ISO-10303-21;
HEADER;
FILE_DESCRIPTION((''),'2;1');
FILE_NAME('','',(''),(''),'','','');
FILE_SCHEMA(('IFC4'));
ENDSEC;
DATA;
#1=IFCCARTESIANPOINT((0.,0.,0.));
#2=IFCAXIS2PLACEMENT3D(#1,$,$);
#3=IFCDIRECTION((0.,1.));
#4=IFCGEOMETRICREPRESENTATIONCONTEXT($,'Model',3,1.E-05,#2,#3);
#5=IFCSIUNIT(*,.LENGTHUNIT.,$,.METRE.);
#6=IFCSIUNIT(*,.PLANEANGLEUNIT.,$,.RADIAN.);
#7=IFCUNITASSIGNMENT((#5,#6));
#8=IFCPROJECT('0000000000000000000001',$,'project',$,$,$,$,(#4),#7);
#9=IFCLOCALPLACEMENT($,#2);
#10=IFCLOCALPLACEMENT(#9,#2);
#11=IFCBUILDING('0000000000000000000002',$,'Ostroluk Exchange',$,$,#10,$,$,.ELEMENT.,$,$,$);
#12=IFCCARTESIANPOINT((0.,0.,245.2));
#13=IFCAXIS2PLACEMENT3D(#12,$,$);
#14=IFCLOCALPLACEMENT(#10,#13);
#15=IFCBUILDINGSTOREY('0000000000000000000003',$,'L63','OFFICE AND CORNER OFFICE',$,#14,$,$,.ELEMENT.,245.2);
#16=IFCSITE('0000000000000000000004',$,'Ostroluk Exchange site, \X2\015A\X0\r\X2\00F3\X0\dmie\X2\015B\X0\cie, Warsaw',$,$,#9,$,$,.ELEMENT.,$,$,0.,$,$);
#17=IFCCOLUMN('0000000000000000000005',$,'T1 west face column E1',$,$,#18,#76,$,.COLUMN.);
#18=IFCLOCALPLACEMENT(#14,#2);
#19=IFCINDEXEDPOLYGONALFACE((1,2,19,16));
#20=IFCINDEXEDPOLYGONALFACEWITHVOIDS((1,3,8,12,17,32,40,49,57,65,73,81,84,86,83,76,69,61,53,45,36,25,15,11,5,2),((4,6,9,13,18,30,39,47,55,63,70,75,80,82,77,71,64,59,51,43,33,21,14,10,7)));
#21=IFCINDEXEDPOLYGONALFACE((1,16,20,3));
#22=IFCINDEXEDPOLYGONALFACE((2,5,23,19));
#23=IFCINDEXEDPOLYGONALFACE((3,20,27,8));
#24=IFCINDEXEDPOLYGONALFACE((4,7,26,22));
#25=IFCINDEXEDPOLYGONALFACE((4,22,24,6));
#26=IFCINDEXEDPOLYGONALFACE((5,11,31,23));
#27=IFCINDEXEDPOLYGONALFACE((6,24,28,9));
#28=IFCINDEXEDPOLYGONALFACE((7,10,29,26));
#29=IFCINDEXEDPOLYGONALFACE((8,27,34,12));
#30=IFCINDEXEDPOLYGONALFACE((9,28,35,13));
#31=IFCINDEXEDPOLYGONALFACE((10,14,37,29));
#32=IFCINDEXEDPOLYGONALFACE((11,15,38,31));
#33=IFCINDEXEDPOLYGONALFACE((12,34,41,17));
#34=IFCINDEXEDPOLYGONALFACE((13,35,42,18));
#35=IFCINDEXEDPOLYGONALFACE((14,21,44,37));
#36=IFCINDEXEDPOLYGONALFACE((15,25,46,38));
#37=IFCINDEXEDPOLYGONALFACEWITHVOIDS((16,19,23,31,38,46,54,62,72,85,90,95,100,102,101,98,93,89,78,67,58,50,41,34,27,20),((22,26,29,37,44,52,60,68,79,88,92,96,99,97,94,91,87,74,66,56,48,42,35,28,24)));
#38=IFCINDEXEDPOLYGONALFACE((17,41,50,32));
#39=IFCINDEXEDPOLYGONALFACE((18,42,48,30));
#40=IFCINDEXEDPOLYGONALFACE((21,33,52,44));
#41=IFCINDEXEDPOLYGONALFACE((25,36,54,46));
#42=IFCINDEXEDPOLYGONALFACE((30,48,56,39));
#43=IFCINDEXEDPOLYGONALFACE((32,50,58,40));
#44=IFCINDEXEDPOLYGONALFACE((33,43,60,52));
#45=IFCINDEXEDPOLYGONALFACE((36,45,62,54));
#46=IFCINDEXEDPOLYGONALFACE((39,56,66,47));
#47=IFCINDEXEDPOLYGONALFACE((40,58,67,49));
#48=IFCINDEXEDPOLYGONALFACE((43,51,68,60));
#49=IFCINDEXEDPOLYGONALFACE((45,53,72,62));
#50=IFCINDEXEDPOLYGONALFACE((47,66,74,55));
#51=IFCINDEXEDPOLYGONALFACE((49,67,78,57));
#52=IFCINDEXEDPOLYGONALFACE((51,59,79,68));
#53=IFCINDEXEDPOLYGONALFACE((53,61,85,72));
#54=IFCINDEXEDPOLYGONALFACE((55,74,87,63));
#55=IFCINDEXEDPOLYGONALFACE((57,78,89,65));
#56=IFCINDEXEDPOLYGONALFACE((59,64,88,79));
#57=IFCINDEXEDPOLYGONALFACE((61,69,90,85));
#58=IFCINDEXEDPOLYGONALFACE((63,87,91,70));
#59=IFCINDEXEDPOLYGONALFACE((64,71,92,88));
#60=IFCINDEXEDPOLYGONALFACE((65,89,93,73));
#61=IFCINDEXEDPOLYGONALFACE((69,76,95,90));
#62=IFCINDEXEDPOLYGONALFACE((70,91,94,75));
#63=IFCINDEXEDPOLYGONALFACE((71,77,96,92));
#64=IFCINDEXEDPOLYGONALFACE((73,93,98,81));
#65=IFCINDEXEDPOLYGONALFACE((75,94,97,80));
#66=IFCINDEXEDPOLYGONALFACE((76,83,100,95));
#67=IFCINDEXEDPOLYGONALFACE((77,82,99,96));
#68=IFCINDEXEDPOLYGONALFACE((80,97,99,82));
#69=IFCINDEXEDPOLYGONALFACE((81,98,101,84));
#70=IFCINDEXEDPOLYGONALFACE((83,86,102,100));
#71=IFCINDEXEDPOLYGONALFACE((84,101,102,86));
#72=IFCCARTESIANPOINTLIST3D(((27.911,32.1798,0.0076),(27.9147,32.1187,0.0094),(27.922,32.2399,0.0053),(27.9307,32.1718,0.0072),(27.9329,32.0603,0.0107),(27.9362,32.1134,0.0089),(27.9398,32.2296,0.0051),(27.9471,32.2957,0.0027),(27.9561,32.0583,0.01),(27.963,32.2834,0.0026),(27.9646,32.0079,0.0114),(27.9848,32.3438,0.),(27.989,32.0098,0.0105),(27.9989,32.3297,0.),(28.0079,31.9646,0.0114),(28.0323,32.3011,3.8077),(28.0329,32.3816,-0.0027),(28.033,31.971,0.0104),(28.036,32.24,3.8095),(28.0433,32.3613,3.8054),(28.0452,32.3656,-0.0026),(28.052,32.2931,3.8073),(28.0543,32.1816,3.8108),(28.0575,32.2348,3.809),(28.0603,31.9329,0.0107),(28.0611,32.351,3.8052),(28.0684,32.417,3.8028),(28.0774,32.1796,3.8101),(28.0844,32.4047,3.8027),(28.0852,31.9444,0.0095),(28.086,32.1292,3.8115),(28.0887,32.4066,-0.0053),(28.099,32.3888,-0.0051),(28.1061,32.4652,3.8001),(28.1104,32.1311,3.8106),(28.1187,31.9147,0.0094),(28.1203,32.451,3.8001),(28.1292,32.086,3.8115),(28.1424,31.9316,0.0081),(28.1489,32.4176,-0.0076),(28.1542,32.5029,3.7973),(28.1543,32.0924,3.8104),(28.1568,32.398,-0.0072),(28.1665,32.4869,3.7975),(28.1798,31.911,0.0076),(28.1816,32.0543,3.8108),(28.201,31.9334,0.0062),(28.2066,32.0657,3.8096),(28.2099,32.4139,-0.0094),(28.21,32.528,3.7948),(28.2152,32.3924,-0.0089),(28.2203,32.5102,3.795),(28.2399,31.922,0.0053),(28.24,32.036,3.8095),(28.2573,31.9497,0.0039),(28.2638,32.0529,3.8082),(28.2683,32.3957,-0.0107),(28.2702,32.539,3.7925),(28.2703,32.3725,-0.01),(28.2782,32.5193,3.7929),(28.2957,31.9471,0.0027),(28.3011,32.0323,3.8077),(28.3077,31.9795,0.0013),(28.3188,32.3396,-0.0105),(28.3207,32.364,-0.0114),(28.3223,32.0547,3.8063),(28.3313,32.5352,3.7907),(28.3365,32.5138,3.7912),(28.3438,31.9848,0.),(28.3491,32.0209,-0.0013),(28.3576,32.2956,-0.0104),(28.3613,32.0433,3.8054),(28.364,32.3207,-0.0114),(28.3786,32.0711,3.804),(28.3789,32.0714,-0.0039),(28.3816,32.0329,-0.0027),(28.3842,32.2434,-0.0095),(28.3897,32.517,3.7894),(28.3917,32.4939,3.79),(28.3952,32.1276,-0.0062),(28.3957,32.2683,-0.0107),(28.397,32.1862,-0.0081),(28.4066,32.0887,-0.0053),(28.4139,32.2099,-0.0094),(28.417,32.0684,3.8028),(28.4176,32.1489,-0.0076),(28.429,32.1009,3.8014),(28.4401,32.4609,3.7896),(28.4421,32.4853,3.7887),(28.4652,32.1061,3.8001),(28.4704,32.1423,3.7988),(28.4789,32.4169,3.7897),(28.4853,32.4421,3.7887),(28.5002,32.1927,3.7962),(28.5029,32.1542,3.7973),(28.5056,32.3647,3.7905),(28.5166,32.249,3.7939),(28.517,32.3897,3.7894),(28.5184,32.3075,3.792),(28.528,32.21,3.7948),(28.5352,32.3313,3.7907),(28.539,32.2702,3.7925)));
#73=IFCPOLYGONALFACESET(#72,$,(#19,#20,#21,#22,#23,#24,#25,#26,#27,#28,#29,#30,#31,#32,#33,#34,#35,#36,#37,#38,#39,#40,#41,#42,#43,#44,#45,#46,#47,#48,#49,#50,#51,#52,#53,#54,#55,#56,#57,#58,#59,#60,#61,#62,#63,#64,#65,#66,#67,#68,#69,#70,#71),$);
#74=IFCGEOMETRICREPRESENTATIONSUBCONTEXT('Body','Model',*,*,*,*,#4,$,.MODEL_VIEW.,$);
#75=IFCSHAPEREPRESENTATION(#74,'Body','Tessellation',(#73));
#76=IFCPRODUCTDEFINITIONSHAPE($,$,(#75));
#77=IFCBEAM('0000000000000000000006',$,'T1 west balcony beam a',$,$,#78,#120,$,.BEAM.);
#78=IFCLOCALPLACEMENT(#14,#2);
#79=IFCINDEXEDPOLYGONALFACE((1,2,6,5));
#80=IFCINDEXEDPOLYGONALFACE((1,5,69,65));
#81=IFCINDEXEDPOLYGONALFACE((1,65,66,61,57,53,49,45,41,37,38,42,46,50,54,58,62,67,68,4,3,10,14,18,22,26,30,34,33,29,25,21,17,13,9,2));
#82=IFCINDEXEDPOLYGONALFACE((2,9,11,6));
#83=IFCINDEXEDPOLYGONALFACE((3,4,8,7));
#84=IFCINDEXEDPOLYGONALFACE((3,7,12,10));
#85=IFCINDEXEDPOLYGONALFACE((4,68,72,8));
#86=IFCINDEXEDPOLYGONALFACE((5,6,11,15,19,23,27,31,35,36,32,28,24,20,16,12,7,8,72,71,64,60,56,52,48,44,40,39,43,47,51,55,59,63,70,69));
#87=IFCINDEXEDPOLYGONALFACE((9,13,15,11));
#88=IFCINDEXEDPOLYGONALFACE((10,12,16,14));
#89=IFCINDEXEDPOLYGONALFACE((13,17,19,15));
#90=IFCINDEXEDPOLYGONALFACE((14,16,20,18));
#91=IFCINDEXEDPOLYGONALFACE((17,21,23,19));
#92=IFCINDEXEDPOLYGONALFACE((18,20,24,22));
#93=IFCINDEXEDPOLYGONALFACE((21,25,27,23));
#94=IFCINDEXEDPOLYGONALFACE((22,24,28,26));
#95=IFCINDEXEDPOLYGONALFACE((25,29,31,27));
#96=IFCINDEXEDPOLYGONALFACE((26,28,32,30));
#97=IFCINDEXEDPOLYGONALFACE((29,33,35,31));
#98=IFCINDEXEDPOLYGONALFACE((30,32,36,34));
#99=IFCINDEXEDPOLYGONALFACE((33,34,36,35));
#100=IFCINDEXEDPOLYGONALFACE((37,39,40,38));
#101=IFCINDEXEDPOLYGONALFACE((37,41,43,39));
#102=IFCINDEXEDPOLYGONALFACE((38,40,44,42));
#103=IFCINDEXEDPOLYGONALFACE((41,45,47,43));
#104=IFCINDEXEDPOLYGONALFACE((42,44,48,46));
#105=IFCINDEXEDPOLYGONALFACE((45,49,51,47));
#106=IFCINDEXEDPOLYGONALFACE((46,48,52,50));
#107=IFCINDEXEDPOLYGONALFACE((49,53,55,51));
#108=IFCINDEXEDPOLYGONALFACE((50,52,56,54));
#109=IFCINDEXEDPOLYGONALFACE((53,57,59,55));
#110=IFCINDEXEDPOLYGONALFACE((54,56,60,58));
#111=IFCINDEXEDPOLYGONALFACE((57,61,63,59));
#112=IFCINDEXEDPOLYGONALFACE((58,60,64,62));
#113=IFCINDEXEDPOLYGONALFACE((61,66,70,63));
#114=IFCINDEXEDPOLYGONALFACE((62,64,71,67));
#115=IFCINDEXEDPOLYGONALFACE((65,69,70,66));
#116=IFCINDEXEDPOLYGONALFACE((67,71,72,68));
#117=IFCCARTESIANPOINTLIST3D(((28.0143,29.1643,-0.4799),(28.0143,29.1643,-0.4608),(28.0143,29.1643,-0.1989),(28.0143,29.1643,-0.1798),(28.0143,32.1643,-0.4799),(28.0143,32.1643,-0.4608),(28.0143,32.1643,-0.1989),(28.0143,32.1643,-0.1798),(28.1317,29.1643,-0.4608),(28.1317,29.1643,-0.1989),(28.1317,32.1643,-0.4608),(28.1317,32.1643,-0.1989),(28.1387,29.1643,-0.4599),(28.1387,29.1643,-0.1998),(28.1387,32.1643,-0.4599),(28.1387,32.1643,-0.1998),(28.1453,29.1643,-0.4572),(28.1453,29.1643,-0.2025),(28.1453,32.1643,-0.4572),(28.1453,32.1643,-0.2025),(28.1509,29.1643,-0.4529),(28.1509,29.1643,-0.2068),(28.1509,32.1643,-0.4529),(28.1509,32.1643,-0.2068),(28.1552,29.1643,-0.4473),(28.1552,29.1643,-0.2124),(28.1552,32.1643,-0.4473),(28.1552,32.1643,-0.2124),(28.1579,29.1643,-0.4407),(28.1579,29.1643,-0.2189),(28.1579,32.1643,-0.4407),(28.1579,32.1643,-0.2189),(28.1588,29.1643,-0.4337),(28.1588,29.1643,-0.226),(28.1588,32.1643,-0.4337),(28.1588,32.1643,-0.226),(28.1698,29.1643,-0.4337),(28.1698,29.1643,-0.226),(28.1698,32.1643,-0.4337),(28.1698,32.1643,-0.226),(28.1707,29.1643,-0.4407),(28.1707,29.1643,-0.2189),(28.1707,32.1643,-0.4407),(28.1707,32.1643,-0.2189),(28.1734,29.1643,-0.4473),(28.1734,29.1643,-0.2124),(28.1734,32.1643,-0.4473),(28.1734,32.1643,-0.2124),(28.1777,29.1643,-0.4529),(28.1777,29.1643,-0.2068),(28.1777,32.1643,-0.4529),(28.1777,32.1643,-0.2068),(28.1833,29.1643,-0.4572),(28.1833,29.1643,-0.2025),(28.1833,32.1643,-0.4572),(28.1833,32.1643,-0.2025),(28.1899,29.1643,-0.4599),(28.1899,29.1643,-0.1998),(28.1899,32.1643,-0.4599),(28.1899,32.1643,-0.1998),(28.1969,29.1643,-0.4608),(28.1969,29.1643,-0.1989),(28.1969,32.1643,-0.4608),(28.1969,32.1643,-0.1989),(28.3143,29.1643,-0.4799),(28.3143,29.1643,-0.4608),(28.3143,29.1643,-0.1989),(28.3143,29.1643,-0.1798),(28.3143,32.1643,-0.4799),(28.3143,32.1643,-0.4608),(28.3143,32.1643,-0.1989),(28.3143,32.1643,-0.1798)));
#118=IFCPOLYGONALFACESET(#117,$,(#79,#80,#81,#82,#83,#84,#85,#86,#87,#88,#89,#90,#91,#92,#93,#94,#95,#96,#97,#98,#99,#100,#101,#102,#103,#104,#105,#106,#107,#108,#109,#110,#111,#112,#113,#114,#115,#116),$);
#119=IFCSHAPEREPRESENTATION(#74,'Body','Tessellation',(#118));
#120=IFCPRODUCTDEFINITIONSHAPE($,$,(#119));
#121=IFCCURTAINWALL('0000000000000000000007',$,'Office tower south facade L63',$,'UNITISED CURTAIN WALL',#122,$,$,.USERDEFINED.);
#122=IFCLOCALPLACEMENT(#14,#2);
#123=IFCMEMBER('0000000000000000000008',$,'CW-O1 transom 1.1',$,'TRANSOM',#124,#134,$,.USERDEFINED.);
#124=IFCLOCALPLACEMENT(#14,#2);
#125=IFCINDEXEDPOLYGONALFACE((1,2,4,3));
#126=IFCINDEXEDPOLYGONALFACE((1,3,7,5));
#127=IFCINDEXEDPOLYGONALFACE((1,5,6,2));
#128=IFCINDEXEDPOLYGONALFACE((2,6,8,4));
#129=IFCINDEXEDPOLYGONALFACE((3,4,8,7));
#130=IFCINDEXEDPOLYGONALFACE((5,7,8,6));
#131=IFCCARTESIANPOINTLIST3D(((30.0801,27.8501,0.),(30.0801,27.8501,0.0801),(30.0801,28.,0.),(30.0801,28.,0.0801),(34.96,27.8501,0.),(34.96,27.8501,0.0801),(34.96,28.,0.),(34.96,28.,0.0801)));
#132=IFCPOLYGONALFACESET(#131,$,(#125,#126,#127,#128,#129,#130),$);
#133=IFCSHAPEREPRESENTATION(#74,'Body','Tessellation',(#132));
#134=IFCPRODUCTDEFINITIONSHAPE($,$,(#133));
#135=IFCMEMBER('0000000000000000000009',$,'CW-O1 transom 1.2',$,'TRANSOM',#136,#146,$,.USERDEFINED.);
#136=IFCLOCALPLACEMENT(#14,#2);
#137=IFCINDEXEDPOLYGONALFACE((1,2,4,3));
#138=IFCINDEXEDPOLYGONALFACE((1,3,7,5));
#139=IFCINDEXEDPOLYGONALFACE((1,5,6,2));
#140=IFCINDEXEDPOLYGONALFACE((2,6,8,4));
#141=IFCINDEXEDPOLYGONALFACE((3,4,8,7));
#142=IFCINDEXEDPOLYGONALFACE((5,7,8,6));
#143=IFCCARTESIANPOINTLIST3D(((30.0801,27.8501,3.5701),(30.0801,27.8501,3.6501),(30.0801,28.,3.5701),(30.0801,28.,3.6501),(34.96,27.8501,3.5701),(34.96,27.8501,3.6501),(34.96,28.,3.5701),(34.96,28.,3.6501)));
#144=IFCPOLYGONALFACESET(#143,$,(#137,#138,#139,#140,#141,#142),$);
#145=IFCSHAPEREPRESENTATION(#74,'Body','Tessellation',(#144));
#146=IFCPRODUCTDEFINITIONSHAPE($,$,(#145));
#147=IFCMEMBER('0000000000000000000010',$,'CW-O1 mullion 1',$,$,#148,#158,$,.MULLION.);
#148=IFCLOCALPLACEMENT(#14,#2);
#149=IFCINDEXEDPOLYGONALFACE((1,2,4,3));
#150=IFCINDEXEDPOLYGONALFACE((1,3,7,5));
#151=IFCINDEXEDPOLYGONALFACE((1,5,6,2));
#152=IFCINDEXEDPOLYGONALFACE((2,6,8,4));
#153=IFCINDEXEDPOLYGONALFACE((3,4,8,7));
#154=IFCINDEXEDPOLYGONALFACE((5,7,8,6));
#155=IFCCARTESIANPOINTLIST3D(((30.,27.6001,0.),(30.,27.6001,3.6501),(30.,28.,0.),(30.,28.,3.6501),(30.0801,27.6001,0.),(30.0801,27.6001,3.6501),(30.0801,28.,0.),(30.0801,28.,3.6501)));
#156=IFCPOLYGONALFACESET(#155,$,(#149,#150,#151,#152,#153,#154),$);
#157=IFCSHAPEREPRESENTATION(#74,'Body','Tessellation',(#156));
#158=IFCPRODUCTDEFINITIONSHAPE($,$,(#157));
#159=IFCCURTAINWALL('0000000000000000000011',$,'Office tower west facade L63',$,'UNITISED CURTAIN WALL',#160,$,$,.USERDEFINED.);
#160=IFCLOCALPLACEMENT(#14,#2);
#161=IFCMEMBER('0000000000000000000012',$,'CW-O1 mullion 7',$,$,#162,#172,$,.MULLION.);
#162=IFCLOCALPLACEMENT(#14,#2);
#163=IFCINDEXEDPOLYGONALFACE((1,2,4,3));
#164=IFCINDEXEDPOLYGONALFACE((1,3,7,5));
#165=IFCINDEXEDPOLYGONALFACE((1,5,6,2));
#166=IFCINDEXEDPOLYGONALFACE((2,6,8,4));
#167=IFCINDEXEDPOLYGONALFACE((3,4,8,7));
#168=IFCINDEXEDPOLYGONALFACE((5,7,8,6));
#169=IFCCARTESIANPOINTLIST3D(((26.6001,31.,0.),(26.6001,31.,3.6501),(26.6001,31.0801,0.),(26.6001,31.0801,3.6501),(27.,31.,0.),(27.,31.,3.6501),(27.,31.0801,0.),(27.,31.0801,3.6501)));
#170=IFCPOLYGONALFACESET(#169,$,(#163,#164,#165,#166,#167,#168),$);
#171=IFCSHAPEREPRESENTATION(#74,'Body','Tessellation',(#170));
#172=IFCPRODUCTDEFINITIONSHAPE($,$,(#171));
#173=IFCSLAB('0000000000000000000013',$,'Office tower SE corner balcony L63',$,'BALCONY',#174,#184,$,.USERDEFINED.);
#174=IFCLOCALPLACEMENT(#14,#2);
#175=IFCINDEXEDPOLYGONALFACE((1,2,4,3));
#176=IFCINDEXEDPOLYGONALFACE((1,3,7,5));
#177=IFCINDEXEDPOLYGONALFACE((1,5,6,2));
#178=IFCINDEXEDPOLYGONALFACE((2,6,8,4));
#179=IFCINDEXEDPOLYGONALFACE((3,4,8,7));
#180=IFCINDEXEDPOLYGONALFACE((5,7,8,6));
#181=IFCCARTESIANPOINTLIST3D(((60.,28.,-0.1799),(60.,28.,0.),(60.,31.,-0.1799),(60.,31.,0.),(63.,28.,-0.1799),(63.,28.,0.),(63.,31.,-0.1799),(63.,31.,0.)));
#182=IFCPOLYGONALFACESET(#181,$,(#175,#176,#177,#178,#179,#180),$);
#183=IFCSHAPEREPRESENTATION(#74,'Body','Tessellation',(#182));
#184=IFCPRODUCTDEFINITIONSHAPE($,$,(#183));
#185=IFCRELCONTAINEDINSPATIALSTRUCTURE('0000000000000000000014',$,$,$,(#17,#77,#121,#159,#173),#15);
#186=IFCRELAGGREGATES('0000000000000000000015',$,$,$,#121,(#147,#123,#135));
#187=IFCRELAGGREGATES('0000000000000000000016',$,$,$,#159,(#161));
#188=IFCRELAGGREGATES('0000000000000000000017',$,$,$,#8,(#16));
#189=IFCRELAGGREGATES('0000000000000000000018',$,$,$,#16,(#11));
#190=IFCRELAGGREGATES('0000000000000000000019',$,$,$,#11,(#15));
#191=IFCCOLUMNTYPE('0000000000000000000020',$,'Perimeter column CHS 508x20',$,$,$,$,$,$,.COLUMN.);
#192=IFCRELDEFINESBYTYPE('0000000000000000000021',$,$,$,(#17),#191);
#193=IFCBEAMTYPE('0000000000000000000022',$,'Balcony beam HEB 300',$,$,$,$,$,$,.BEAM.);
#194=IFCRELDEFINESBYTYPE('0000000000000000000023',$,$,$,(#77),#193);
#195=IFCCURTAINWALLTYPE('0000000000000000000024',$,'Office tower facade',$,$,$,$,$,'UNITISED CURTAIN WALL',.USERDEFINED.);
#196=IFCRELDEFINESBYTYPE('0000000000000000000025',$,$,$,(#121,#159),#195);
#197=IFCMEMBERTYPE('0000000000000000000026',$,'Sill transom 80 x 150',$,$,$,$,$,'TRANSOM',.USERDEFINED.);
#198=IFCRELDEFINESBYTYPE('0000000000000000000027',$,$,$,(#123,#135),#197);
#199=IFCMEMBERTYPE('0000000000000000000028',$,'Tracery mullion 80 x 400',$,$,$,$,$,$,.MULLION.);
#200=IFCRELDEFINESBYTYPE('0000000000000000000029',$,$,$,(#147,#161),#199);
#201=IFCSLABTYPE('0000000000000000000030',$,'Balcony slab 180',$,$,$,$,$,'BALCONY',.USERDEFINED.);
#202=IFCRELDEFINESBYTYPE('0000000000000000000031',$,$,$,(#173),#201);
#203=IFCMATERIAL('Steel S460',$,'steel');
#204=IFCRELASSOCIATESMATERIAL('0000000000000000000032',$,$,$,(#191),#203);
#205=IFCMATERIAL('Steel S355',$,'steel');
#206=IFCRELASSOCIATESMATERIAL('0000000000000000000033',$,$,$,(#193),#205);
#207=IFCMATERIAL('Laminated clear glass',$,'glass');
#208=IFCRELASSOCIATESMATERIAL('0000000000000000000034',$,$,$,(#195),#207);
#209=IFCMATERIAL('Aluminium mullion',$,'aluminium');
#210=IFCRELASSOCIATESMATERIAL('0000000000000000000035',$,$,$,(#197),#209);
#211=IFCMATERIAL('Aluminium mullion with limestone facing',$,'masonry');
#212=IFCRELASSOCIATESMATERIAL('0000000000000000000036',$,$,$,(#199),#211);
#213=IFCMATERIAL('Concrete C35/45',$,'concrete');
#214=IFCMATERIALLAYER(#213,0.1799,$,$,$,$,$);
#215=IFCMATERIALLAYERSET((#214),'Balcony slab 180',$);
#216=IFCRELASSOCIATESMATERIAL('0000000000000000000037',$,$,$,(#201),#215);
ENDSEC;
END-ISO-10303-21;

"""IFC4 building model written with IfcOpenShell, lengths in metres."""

from ifc_helpers import new_model, si_unit, direction, frame, origin, origin_2d, place, context, subcontext, project, spatial, polyline, rectangle, hollow_circle, i_section, outline, extrude, material, layer, layer_set, material_profile, profile_set, type_object, element, aggregate, save


model = new_model("IFC4")

# Units and contexts
model_context = context("Model", 3, precision=1e-05, world=origin(), true_north=direction((0.0, 1.0)))
body_context = subcontext(model_context, "Body", "Model", "MODEL_VIEW")
ifc_project = project(units=[si_unit("LENGTHUNIT", "METRE"), si_unit("PLANEANGLEUNIT", "RADIAN")], contexts=[model_context])

# Site, building, storey
site_placement = place(None, origin())
site = spatial("IfcSite", under=ifc_project, at=site_placement, Name="Ostroluk Exchange site, Śródmieście, Warsaw", CompositionType="ELEMENT", RefElevation=0.0)
building_placement = place(site_placement, origin())
building = spatial("IfcBuilding", under=site, at=building_placement, Name="Ostroluk Exchange", CompositionType="ELEMENT")
storey_placement = place(building_placement, frame((0.0, 0.0, 245.2)))
storey = spatial("IfcBuildingStorey", under=building, at=storey_placement, Name="L63", Description="OFFICE AND CORNER OFFICE", CompositionType="ELEMENT", Elevation=245.2)

# Column
ifc_material_1 = material(Name="Steel S460", Category="steel")
ifc_material_profile_1 = material_profile(ifc_material_1, hollow_circle(Radius=0.2539, WallThickness=0.02, at=origin_2d()), Name="CHS 508x20")
ifc_profile_set_1 = profile_set([ifc_material_profile_1], Name="Steel S460")
column_type = type_object("IfcColumnType", Name="Perimeter column CHS 508x20", PredefinedType="COLUMN", material=ifc_profile_set_1)
column_placement = place(storey_placement, frame((28.1643, 32.1643, 0.0), z_axis=(0.031898, 0.031898, 0.998982), x_axis=(-0.707107, 0.707107, 0.0)))
element("IfcColumn", 1, at=column_placement, inside=storey, type_object=column_type, Name="T1 west face column E1", PredefinedType="COLUMN", context=body_context, shape_type="SweptSolid", body=[
    extrude(hollow_circle(Radius=0.2539, WallThickness=0.02, at=origin_2d()), origin(), (0.0, 0.0, 1.0), 3.804),
])

# Beam
ifc_material_2 = material(Name="Steel S355", Category="steel")
ifc_material_profile_2 = material_profile(ifc_material_2, i_section(OverallWidth=0.3, OverallDepth=0.3, WebThickness=0.011, FlangeThickness=0.019, FilletRadius=0.0271, at=origin_2d()), Name="HEB 300")
ifc_profile_set_2 = profile_set([ifc_material_profile_2], Name="Steel S355")
beam_type = type_object("IfcBeamType", Name="Balcony beam HEB 300", PredefinedType="BEAM", material=ifc_profile_set_2)
beam_placement = place(storey_placement, frame((28.1643, 32.1643, -0.3298), z_axis=(0.0, -1.0, 0.0), x_axis=(1.0, 0.0, 0.0)))
element("IfcBeam", 2, at=beam_placement, inside=storey, type_object=beam_type, Name="T1 west balcony beam a", PredefinedType="BEAM", context=body_context, shape_type="SweptSolid", body=[
    extrude(i_section(OverallWidth=0.3, OverallDepth=0.3, WebThickness=0.011, FlangeThickness=0.019, FilletRadius=0.0271, at=origin_2d()), origin(), (0.0, 0.0, 1.0), 3.0),
])

# Curtain wall, members
ifc_material_3 = material(Name="Laminated clear glass", Category="glass")
curtain_wall_type = type_object("IfcCurtainWallType", Name="Office tower facade", ElementType="UNITISED CURTAIN WALL", PredefinedType="USERDEFINED", material=ifc_material_3)
curtain_wall_1_placement = place(storey_placement, origin())
curtain_wall_1 = element("IfcCurtainWall", 3, at=curtain_wall_1_placement, inside=storey, type_object=curtain_wall_type, Name="Office tower south facade L63", ObjectType="UNITISED CURTAIN WALL", PredefinedType="USERDEFINED")
ifc_material_4 = material(Name="Aluminium mullion", Category="aluminium")
ifc_material_profile_3 = material_profile(ifc_material_4, rectangle(XDim=0.1499, YDim=0.0801, at=origin_2d()), Name="Sill transom 80 x 150")
ifc_profile_set_3 = profile_set([ifc_material_profile_3], Name="Aluminium mullion")
member_type_1 = type_object("IfcMemberType", Name="Sill transom 80 x 150", ElementType="TRANSOM", PredefinedType="USERDEFINED", material=ifc_profile_set_3)
member_1_placement = place(storey_placement, frame((30.0801, 27.925, 0.04), z_axis=(1.0, 0.0, 0.0), x_axis=(0.0, 1.0, 0.0)))
member_1 = element("IfcMember", 4, at=member_1_placement, type_object=member_type_1, Name="CW-O1 transom 1.1", ObjectType="TRANSOM", PredefinedType="USERDEFINED", context=body_context, shape_type="SweptSolid", body=[
    extrude(rectangle(XDim=0.1499, YDim=0.0801, at=origin_2d()), origin(), (0.0, 0.0, 1.0), 4.8799),
])
member_2_placement = place(storey_placement, frame((30.0801, 27.925, 3.6101), z_axis=(1.0, 0.0, 0.0), x_axis=(0.0, 1.0, 0.0)))
member_2 = element("IfcMember", 5, at=member_2_placement, type_object=member_type_1, Name="CW-O1 transom 1.2", ObjectType="TRANSOM", PredefinedType="USERDEFINED", context=body_context, shape_type="SweptSolid", body=[
    extrude(rectangle(XDim=0.1499, YDim=0.0801, at=origin_2d()), origin(), (0.0, 0.0, 1.0), 4.8799),
])
ifc_material_5 = material(Name="Aluminium mullion with limestone facing", Category="masonry")
ifc_material_profile_4 = material_profile(ifc_material_5, rectangle(XDim=0.3999, YDim=0.0801, at=origin_2d()), Name="Tracery mullion 80 x 400")
ifc_profile_set_4 = profile_set([ifc_material_profile_4], Name="Aluminium mullion with limestone facing")
member_type_2 = type_object("IfcMemberType", Name="Tracery mullion 80 x 400", PredefinedType="MULLION", material=ifc_profile_set_4)
member_3_placement = place(storey_placement, frame((30.04, 27.8, 0.0), z_axis=(0.0, 0.0, 1.0), x_axis=(0.0, 1.0, 0.0)))
member_3 = element("IfcMember", 6, at=member_3_placement, type_object=member_type_2, Name="CW-O1 mullion 1", PredefinedType="MULLION", context=body_context, shape_type="SweptSolid", body=[
    extrude(rectangle(XDim=0.3999, YDim=0.0801, at=origin_2d()), origin(), (0.0, 0.0, 1.0), 3.6501),
])
aggregate(curtain_wall_1, [member_3, member_1, member_2])

# Curtain wall, member
curtain_wall_2_placement = place(storey_placement, origin())
curtain_wall_2 = element("IfcCurtainWall", 7, at=curtain_wall_2_placement, inside=storey, type_object=curtain_wall_type, Name="Office tower west facade L63", ObjectType="UNITISED CURTAIN WALL", PredefinedType="USERDEFINED")
member_4_placement = place(storey_placement, frame((26.8, 31.04, 0.0), z_axis=(0.0, 0.0, 1.0), x_axis=(1.0, 0.0, 0.0)))
member_4 = element("IfcMember", 8, at=member_4_placement, type_object=member_type_2, Name="CW-O1 mullion 7", PredefinedType="MULLION", context=body_context, shape_type="SweptSolid", body=[
    extrude(rectangle(XDim=0.3999, YDim=0.0801, at=origin_2d()), origin(), (0.0, 0.0, 1.0), 3.6501),
])
aggregate(curtain_wall_2, [member_4])

# Slab
ifc_material_6 = material(Name="Concrete C35/45", Category="concrete")
ifc_layer_1 = layer(ifc_material_6, 0.1799)
ifc_layer_set_1 = layer_set([ifc_layer_1], Name="Balcony slab 180")
slab_type_1 = type_object("IfcSlabType", Name="Balcony slab 180", ElementType="BALCONY", PredefinedType="USERDEFINED", material=ifc_layer_set_1)
slab_1_placement = place(storey_placement, frame((0.0, 0.0, -0.1799)))
element("IfcSlab", 9, at=slab_1_placement, inside=storey, type_object=slab_type_1, Name="Office tower SE corner balcony L63", ObjectType="BALCONY", PredefinedType="USERDEFINED", context=body_context, shape_type="SweptSolid", body=[
    extrude(outline(polyline([(60.0, 28.0), (63.0, 28.0), (63.0, 31.0), (60.0, 31.0), (60.0, 28.0)])), origin(), (0.0, 0.0, 1.0), 0.1799),
])

save(model, "model.ifc")
